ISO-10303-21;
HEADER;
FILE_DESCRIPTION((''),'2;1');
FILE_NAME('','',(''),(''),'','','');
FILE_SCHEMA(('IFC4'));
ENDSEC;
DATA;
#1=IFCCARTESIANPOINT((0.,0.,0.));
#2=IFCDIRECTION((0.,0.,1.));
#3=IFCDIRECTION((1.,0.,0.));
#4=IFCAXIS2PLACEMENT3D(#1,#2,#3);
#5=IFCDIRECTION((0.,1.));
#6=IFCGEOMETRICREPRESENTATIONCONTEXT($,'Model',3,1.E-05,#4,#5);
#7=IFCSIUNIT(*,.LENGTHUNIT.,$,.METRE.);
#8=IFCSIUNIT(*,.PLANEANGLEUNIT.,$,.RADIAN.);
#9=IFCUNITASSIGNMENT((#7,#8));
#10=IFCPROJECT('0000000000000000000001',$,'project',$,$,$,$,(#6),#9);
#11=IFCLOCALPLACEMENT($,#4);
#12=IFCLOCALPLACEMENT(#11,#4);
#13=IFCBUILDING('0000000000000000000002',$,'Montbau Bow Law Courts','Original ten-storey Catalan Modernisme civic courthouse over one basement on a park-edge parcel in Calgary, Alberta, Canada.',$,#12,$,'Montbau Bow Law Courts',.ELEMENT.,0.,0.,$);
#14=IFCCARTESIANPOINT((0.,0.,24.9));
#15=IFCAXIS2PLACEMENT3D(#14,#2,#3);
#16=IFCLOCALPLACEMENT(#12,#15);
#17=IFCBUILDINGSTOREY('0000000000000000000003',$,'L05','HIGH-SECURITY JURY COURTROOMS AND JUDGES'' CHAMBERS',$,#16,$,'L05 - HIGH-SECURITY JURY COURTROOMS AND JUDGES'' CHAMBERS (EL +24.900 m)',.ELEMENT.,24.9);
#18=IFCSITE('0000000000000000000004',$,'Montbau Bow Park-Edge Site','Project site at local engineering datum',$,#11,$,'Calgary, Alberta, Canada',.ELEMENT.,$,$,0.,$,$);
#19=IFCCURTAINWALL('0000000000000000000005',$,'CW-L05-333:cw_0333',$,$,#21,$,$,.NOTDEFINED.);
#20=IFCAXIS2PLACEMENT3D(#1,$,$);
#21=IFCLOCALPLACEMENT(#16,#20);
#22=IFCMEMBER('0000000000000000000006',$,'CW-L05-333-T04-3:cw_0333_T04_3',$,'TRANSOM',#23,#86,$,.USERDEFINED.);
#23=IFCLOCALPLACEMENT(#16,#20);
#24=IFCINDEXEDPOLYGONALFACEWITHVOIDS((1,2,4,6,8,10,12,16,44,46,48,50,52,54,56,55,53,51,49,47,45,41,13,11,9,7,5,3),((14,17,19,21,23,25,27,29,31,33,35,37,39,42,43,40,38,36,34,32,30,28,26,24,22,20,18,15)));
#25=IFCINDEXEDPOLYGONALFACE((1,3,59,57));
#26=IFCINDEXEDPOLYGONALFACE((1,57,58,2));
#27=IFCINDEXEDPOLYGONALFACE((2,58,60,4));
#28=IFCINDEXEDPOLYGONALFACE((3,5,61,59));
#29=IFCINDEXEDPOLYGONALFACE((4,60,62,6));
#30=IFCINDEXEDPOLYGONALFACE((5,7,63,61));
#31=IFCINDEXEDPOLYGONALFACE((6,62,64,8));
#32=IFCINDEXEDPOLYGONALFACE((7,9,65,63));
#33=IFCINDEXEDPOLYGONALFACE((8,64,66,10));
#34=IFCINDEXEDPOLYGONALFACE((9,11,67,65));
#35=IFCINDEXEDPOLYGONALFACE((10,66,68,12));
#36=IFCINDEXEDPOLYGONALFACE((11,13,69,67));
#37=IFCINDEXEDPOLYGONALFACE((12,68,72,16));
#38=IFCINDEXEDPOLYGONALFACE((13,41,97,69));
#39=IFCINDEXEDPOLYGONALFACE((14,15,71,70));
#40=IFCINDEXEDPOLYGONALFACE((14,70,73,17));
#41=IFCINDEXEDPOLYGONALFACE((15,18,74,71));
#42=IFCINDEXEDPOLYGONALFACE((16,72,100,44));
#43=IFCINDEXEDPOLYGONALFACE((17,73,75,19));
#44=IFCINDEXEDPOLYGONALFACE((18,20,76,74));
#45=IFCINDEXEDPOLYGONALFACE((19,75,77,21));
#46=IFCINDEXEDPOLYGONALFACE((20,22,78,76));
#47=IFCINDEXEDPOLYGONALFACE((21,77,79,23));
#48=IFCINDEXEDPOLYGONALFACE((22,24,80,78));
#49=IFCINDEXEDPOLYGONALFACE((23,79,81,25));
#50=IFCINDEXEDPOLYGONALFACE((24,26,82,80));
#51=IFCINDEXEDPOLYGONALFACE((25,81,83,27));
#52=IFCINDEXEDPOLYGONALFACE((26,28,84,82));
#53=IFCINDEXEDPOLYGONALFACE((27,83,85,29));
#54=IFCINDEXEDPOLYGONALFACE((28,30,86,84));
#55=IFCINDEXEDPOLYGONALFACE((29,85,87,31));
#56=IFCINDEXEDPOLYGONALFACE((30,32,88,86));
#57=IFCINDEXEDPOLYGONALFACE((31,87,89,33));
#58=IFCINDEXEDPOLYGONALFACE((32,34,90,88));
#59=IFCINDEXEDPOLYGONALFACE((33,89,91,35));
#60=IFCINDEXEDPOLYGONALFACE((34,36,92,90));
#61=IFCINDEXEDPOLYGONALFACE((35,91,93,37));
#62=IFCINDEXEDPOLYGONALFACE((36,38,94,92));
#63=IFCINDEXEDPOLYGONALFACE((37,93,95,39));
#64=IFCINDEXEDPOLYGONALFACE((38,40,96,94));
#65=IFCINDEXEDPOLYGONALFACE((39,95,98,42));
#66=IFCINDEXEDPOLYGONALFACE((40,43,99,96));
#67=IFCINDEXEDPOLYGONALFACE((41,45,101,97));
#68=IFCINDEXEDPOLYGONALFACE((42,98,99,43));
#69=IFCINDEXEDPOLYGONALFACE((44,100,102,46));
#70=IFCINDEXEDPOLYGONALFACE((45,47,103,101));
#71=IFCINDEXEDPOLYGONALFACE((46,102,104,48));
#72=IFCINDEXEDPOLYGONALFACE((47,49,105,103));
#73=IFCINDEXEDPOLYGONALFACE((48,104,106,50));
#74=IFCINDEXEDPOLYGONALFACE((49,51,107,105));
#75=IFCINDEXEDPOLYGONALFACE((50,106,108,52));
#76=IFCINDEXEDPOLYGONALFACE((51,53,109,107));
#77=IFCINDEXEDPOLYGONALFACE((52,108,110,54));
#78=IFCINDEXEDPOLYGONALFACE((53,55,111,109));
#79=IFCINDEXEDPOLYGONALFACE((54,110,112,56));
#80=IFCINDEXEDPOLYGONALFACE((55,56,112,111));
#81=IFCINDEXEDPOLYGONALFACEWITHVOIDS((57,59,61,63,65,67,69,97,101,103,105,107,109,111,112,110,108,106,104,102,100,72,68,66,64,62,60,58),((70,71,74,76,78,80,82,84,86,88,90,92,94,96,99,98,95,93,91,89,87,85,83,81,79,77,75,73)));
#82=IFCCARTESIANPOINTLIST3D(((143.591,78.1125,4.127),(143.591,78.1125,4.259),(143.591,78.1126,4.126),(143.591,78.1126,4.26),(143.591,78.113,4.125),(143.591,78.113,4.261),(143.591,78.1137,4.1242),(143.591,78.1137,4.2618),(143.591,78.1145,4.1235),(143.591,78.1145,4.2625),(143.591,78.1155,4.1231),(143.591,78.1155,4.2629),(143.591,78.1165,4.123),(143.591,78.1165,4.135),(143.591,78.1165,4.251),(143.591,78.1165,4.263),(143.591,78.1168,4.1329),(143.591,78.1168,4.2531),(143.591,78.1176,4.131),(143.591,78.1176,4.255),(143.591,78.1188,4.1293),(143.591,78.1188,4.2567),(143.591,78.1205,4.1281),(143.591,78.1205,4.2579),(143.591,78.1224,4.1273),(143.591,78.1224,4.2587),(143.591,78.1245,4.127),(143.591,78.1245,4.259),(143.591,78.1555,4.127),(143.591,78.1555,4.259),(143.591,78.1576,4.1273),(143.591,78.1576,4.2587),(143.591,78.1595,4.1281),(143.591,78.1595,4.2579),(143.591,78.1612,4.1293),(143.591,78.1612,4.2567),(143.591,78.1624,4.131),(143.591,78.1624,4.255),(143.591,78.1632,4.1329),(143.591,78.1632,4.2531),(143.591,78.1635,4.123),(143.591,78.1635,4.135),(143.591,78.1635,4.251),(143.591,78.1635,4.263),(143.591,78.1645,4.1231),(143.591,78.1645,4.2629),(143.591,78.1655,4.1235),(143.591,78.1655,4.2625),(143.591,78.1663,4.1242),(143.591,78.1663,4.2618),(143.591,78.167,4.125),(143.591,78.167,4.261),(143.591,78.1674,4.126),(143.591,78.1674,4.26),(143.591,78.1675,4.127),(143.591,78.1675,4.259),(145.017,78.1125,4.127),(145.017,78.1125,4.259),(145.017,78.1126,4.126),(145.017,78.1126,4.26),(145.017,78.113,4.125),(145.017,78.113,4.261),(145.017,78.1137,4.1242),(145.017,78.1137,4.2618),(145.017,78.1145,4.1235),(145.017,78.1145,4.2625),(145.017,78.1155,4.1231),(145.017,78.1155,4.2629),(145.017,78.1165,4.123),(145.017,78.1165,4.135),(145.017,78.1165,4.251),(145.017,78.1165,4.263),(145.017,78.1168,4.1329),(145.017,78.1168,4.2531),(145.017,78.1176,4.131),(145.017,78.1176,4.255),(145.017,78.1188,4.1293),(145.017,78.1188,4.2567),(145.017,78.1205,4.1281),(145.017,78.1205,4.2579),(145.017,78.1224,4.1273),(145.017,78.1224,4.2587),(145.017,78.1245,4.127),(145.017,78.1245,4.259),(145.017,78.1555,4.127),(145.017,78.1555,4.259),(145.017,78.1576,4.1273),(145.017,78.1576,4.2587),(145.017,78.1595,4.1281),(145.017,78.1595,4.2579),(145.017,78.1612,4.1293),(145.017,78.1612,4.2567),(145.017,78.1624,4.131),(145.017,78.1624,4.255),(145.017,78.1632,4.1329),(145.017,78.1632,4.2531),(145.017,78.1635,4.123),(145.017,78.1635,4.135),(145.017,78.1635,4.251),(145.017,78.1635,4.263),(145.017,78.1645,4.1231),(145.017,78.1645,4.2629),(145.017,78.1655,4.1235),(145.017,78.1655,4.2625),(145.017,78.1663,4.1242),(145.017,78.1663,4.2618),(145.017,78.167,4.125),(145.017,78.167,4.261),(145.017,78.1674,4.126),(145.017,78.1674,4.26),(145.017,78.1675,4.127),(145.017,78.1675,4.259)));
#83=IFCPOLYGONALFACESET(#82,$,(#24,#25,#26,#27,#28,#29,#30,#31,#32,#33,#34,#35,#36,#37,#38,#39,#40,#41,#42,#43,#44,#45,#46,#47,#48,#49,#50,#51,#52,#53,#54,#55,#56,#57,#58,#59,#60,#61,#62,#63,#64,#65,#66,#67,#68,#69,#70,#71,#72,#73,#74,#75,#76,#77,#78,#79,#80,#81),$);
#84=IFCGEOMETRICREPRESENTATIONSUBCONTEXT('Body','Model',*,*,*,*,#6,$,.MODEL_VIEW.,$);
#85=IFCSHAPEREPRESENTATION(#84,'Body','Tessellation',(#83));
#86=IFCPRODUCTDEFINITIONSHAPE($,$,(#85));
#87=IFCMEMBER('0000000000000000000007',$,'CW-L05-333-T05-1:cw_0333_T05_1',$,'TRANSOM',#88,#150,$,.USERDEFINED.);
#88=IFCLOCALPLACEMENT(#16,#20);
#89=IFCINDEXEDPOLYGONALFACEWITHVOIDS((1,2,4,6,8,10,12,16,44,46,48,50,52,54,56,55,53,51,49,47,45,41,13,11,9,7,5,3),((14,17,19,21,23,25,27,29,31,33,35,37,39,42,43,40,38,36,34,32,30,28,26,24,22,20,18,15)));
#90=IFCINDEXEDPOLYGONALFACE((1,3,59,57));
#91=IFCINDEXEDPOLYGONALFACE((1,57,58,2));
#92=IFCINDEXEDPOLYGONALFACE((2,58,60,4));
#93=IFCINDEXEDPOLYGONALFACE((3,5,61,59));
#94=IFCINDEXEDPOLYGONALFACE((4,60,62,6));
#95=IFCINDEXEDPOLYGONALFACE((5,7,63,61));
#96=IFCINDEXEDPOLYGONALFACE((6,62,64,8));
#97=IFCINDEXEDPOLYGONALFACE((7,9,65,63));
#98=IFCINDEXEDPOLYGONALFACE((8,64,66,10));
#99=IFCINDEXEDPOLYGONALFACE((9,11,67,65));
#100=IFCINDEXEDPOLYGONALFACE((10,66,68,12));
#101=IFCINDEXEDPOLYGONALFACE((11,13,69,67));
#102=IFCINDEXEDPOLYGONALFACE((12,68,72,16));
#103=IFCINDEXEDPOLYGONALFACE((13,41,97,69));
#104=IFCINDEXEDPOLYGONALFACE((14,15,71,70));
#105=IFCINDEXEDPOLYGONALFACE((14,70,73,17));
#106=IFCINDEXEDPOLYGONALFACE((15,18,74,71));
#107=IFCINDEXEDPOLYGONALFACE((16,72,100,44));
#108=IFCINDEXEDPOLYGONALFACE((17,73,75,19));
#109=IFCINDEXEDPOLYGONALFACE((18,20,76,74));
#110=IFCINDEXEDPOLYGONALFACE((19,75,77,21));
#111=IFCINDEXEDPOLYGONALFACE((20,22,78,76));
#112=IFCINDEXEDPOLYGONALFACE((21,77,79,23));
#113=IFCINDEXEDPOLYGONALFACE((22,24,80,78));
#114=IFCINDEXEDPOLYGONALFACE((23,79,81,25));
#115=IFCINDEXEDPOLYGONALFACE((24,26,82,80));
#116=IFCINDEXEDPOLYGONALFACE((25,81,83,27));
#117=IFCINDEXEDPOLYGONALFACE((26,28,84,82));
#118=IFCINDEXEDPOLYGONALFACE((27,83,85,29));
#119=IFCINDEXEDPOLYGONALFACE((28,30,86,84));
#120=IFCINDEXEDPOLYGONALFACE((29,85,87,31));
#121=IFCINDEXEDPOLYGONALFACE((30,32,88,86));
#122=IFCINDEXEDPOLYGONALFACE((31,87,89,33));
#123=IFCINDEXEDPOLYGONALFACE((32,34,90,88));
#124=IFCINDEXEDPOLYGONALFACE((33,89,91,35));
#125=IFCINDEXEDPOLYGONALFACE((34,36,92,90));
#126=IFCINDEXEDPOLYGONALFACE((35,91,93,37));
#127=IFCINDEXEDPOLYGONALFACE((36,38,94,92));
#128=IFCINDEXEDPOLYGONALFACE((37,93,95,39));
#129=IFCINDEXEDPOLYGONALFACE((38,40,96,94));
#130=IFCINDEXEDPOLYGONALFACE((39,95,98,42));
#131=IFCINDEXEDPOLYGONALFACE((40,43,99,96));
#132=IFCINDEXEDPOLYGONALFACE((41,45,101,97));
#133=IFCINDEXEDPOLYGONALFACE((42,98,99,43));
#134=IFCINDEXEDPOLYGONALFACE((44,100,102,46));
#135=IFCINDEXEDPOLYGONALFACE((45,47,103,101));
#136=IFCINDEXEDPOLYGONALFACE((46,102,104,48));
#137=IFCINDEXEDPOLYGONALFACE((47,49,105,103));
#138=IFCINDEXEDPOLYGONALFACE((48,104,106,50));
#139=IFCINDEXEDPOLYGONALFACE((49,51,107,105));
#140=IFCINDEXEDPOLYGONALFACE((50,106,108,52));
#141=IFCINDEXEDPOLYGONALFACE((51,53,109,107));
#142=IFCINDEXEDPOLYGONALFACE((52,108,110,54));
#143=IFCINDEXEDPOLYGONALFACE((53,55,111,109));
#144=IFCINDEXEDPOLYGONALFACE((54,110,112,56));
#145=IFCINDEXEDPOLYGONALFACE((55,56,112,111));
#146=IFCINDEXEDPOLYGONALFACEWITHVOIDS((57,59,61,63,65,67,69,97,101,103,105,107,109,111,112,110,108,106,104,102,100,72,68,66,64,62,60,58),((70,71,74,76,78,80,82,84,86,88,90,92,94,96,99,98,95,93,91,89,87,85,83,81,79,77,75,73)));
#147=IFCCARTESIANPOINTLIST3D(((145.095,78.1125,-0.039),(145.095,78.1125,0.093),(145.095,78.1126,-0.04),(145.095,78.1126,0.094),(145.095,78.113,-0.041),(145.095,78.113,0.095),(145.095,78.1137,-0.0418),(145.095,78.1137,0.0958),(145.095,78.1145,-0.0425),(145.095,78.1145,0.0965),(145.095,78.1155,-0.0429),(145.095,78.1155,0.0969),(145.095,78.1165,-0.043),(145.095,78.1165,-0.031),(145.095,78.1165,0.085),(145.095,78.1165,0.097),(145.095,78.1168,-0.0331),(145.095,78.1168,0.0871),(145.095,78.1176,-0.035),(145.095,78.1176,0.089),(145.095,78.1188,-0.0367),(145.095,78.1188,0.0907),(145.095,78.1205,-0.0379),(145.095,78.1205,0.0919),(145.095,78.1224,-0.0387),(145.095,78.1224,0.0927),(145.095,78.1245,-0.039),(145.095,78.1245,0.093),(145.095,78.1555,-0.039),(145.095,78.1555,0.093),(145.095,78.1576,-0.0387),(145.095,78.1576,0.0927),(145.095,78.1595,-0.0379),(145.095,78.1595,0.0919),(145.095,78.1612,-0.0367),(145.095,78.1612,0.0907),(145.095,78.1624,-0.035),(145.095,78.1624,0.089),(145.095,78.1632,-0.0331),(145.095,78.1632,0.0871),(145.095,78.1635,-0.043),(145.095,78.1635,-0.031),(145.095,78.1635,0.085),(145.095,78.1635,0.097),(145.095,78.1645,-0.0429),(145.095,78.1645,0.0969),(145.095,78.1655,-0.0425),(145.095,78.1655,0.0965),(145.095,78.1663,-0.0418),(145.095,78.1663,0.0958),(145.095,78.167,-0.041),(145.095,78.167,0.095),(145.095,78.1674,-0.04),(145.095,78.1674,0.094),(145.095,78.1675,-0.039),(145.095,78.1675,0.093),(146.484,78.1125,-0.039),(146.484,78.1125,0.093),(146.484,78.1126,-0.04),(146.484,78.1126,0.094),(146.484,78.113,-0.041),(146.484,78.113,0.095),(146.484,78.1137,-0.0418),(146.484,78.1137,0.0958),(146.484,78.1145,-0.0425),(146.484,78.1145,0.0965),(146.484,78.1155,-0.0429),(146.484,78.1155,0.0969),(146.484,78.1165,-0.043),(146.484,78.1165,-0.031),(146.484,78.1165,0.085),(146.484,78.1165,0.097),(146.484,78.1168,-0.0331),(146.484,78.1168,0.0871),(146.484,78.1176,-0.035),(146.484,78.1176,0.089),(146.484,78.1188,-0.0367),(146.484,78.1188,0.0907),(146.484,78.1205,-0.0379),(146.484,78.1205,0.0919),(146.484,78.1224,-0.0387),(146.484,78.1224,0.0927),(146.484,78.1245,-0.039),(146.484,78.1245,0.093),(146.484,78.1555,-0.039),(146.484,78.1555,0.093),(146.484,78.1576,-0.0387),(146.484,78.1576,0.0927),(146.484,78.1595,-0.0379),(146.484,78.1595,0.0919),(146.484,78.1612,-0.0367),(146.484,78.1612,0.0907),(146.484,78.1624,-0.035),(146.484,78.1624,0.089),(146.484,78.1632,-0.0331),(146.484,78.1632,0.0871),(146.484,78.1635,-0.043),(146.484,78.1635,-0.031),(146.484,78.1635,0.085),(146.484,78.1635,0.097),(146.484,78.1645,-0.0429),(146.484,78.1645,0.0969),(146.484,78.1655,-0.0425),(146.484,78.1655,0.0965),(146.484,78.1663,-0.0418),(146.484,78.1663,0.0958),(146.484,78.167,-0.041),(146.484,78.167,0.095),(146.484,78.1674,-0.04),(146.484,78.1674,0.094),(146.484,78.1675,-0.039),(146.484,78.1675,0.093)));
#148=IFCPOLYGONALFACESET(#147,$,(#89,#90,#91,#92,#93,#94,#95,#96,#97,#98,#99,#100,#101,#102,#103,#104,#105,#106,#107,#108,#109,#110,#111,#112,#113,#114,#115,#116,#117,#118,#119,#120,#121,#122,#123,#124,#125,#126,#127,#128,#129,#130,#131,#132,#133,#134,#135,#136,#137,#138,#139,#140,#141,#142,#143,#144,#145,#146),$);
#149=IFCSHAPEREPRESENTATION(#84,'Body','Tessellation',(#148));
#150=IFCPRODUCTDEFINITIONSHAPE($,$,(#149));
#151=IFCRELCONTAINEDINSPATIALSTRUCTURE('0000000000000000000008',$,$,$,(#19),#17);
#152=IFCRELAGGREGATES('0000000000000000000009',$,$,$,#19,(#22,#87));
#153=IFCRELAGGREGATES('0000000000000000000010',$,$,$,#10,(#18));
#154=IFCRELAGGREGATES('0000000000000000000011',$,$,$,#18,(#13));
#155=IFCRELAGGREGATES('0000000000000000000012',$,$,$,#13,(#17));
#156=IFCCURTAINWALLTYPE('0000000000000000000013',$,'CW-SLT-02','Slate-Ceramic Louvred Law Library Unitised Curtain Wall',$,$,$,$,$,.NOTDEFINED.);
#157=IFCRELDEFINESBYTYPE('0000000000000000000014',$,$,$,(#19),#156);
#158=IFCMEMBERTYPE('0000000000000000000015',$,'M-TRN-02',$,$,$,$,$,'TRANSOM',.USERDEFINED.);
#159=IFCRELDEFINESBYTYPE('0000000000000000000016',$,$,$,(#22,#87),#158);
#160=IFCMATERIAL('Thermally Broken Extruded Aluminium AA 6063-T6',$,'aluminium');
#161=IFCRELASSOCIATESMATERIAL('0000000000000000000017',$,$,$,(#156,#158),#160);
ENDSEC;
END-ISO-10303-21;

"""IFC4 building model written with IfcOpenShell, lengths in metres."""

from ifc_helpers import new_model, si_unit, direction, frame, origin_with_axes, origin_2d_with_axis, place, context, subcontext, project, spatial, hollow_rectangle, extrude, material, material_profile, profile_set, type_object, element, aggregate, save


model = new_model("IFC4")

# Units and contexts
model_context = context("Model", 3, precision=1e-05, world=origin_with_axes(), true_north=direction((0.0, 1.0)))
body_context = subcontext(model_context, "Body", "Model", "MODEL_VIEW")
ifc_project = project(units=[si_unit("LENGTHUNIT", "METRE"), si_unit("PLANEANGLEUNIT", "RADIAN")], contexts=[model_context])

# Site, building, storey
site_placement = place(None, origin_with_axes())
site = spatial("IfcSite", under=ifc_project, at=site_placement, Name="Montbau Bow Park-Edge Site", Description="Project site at local engineering datum", LongName="Calgary, Alberta, Canada", CompositionType="ELEMENT", RefElevation=0.0)
building_placement = place(site_placement, origin_with_axes())
building = spatial("IfcBuilding", under=site, at=building_placement, Name="Montbau Bow Law Courts", Description="Original ten-storey Catalan Modernisme civic courthouse over one basement on a park-edge parcel in Calgary, Alberta, Canada.", LongName="Montbau Bow Law Courts", CompositionType="ELEMENT", ElevationOfRefHeight=0.0, ElevationOfTerrain=0.0)
storey_placement = place(building_placement, frame((0.0, 0.0, 24.9), z_axis=(0.0, 0.0, 1.0), x_axis=(1.0, 0.0, 0.0)))
storey = spatial("IfcBuildingStorey", under=building, at=storey_placement, Name="L05", Description="HIGH-SECURITY JURY COURTROOMS AND JUDGES' CHAMBERS", LongName="L05 - HIGH-SECURITY JURY COURTROOMS AND JUDGES' CHAMBERS (EL +24.900 m)", CompositionType="ELEMENT", Elevation=24.9)

# Curtain wall, members
ifc_material_1 = material(Name="Thermally Broken Extruded Aluminium AA 6063-T6", Category="aluminium")
curtain_wall_type = type_object("IfcCurtainWallType", Name="CW-SLT-02", Description="Slate-Ceramic Louvred Law Library Unitised Curtain Wall", PredefinedType="NOTDEFINED", material=ifc_material_1)
curtain_wall_placement = place(None, frame((139.04, 78.14, 24.9), z_axis=(0.0, 0.0, 1.0), x_axis=(1.0, 0.0, 0.0)))
curtain_wall = element("IfcCurtainWall", 1, at=curtain_wall_placement, inside=storey, type_object=curtain_wall_type, Name="CW-L05-333:cw_0333", PredefinedType="NOTDEFINED")
ifc_material_profile_1 = material_profile(ifc_material_1, hollow_rectangle(XDim=0.055, YDim=0.14, WallThickness=0.004, InnerFilletRadius=0.008, OuterFilletRadius=0.004, at=origin_2d_with_axis()), Name="CWT-140X55", Category="Main", Priority=0)
ifc_profile_set_1 = profile_set([ifc_material_profile_1], Name="Thermally Broken Extruded Aluminium AA 6063-T6")
member_type_1 = type_object("IfcMemberType", Name="M-TRN-02", ElementType="TRANSOM", PredefinedType="USERDEFINED", material=ifc_profile_set_1)
member_1_placement = place(None, frame((143.591, 78.14, 29.093), z_axis=(1.0, 0.0, 0.0), x_axis=(0.0, 1.0, 0.0)))
member_1 = element("IfcMember", 2, at=member_1_placement, type_object=member_type_1, Name="CW-L05-333-T04-3:cw_0333_T04_3", ObjectType="TRANSOM", PredefinedType="USERDEFINED", context=body_context, shape_type="SweptSolid", body=[
    extrude(hollow_rectangle(XDim=0.055, YDim=0.14, WallThickness=0.004, InnerFilletRadius=0.008, OuterFilletRadius=0.004, at=origin_2d_with_axis()), origin_with_axes(), (0.0, 0.0, 1.0), 1.426),
])
member_2_placement = place(None, frame((145.095, 78.14, 24.927), z_axis=(1.0, 0.0, 0.0), x_axis=(0.0, 1.0, 0.0)))
member_2 = element("IfcMember", 3, at=member_2_placement, type_object=member_type_1, Name="CW-L05-333-T05-1:cw_0333_T05_1", ObjectType="TRANSOM", PredefinedType="USERDEFINED", context=body_context, shape_type="SweptSolid", body=[
    extrude(hollow_rectangle(XDim=0.055, YDim=0.14, WallThickness=0.004, InnerFilletRadius=0.008, OuterFilletRadius=0.004, at=origin_2d_with_axis()), origin_with_axes(), (0.0, 0.0, 1.0), 1.389),
])
aggregate(curtain_wall, [member_1, member_2])

save(model, "model.ifc")
